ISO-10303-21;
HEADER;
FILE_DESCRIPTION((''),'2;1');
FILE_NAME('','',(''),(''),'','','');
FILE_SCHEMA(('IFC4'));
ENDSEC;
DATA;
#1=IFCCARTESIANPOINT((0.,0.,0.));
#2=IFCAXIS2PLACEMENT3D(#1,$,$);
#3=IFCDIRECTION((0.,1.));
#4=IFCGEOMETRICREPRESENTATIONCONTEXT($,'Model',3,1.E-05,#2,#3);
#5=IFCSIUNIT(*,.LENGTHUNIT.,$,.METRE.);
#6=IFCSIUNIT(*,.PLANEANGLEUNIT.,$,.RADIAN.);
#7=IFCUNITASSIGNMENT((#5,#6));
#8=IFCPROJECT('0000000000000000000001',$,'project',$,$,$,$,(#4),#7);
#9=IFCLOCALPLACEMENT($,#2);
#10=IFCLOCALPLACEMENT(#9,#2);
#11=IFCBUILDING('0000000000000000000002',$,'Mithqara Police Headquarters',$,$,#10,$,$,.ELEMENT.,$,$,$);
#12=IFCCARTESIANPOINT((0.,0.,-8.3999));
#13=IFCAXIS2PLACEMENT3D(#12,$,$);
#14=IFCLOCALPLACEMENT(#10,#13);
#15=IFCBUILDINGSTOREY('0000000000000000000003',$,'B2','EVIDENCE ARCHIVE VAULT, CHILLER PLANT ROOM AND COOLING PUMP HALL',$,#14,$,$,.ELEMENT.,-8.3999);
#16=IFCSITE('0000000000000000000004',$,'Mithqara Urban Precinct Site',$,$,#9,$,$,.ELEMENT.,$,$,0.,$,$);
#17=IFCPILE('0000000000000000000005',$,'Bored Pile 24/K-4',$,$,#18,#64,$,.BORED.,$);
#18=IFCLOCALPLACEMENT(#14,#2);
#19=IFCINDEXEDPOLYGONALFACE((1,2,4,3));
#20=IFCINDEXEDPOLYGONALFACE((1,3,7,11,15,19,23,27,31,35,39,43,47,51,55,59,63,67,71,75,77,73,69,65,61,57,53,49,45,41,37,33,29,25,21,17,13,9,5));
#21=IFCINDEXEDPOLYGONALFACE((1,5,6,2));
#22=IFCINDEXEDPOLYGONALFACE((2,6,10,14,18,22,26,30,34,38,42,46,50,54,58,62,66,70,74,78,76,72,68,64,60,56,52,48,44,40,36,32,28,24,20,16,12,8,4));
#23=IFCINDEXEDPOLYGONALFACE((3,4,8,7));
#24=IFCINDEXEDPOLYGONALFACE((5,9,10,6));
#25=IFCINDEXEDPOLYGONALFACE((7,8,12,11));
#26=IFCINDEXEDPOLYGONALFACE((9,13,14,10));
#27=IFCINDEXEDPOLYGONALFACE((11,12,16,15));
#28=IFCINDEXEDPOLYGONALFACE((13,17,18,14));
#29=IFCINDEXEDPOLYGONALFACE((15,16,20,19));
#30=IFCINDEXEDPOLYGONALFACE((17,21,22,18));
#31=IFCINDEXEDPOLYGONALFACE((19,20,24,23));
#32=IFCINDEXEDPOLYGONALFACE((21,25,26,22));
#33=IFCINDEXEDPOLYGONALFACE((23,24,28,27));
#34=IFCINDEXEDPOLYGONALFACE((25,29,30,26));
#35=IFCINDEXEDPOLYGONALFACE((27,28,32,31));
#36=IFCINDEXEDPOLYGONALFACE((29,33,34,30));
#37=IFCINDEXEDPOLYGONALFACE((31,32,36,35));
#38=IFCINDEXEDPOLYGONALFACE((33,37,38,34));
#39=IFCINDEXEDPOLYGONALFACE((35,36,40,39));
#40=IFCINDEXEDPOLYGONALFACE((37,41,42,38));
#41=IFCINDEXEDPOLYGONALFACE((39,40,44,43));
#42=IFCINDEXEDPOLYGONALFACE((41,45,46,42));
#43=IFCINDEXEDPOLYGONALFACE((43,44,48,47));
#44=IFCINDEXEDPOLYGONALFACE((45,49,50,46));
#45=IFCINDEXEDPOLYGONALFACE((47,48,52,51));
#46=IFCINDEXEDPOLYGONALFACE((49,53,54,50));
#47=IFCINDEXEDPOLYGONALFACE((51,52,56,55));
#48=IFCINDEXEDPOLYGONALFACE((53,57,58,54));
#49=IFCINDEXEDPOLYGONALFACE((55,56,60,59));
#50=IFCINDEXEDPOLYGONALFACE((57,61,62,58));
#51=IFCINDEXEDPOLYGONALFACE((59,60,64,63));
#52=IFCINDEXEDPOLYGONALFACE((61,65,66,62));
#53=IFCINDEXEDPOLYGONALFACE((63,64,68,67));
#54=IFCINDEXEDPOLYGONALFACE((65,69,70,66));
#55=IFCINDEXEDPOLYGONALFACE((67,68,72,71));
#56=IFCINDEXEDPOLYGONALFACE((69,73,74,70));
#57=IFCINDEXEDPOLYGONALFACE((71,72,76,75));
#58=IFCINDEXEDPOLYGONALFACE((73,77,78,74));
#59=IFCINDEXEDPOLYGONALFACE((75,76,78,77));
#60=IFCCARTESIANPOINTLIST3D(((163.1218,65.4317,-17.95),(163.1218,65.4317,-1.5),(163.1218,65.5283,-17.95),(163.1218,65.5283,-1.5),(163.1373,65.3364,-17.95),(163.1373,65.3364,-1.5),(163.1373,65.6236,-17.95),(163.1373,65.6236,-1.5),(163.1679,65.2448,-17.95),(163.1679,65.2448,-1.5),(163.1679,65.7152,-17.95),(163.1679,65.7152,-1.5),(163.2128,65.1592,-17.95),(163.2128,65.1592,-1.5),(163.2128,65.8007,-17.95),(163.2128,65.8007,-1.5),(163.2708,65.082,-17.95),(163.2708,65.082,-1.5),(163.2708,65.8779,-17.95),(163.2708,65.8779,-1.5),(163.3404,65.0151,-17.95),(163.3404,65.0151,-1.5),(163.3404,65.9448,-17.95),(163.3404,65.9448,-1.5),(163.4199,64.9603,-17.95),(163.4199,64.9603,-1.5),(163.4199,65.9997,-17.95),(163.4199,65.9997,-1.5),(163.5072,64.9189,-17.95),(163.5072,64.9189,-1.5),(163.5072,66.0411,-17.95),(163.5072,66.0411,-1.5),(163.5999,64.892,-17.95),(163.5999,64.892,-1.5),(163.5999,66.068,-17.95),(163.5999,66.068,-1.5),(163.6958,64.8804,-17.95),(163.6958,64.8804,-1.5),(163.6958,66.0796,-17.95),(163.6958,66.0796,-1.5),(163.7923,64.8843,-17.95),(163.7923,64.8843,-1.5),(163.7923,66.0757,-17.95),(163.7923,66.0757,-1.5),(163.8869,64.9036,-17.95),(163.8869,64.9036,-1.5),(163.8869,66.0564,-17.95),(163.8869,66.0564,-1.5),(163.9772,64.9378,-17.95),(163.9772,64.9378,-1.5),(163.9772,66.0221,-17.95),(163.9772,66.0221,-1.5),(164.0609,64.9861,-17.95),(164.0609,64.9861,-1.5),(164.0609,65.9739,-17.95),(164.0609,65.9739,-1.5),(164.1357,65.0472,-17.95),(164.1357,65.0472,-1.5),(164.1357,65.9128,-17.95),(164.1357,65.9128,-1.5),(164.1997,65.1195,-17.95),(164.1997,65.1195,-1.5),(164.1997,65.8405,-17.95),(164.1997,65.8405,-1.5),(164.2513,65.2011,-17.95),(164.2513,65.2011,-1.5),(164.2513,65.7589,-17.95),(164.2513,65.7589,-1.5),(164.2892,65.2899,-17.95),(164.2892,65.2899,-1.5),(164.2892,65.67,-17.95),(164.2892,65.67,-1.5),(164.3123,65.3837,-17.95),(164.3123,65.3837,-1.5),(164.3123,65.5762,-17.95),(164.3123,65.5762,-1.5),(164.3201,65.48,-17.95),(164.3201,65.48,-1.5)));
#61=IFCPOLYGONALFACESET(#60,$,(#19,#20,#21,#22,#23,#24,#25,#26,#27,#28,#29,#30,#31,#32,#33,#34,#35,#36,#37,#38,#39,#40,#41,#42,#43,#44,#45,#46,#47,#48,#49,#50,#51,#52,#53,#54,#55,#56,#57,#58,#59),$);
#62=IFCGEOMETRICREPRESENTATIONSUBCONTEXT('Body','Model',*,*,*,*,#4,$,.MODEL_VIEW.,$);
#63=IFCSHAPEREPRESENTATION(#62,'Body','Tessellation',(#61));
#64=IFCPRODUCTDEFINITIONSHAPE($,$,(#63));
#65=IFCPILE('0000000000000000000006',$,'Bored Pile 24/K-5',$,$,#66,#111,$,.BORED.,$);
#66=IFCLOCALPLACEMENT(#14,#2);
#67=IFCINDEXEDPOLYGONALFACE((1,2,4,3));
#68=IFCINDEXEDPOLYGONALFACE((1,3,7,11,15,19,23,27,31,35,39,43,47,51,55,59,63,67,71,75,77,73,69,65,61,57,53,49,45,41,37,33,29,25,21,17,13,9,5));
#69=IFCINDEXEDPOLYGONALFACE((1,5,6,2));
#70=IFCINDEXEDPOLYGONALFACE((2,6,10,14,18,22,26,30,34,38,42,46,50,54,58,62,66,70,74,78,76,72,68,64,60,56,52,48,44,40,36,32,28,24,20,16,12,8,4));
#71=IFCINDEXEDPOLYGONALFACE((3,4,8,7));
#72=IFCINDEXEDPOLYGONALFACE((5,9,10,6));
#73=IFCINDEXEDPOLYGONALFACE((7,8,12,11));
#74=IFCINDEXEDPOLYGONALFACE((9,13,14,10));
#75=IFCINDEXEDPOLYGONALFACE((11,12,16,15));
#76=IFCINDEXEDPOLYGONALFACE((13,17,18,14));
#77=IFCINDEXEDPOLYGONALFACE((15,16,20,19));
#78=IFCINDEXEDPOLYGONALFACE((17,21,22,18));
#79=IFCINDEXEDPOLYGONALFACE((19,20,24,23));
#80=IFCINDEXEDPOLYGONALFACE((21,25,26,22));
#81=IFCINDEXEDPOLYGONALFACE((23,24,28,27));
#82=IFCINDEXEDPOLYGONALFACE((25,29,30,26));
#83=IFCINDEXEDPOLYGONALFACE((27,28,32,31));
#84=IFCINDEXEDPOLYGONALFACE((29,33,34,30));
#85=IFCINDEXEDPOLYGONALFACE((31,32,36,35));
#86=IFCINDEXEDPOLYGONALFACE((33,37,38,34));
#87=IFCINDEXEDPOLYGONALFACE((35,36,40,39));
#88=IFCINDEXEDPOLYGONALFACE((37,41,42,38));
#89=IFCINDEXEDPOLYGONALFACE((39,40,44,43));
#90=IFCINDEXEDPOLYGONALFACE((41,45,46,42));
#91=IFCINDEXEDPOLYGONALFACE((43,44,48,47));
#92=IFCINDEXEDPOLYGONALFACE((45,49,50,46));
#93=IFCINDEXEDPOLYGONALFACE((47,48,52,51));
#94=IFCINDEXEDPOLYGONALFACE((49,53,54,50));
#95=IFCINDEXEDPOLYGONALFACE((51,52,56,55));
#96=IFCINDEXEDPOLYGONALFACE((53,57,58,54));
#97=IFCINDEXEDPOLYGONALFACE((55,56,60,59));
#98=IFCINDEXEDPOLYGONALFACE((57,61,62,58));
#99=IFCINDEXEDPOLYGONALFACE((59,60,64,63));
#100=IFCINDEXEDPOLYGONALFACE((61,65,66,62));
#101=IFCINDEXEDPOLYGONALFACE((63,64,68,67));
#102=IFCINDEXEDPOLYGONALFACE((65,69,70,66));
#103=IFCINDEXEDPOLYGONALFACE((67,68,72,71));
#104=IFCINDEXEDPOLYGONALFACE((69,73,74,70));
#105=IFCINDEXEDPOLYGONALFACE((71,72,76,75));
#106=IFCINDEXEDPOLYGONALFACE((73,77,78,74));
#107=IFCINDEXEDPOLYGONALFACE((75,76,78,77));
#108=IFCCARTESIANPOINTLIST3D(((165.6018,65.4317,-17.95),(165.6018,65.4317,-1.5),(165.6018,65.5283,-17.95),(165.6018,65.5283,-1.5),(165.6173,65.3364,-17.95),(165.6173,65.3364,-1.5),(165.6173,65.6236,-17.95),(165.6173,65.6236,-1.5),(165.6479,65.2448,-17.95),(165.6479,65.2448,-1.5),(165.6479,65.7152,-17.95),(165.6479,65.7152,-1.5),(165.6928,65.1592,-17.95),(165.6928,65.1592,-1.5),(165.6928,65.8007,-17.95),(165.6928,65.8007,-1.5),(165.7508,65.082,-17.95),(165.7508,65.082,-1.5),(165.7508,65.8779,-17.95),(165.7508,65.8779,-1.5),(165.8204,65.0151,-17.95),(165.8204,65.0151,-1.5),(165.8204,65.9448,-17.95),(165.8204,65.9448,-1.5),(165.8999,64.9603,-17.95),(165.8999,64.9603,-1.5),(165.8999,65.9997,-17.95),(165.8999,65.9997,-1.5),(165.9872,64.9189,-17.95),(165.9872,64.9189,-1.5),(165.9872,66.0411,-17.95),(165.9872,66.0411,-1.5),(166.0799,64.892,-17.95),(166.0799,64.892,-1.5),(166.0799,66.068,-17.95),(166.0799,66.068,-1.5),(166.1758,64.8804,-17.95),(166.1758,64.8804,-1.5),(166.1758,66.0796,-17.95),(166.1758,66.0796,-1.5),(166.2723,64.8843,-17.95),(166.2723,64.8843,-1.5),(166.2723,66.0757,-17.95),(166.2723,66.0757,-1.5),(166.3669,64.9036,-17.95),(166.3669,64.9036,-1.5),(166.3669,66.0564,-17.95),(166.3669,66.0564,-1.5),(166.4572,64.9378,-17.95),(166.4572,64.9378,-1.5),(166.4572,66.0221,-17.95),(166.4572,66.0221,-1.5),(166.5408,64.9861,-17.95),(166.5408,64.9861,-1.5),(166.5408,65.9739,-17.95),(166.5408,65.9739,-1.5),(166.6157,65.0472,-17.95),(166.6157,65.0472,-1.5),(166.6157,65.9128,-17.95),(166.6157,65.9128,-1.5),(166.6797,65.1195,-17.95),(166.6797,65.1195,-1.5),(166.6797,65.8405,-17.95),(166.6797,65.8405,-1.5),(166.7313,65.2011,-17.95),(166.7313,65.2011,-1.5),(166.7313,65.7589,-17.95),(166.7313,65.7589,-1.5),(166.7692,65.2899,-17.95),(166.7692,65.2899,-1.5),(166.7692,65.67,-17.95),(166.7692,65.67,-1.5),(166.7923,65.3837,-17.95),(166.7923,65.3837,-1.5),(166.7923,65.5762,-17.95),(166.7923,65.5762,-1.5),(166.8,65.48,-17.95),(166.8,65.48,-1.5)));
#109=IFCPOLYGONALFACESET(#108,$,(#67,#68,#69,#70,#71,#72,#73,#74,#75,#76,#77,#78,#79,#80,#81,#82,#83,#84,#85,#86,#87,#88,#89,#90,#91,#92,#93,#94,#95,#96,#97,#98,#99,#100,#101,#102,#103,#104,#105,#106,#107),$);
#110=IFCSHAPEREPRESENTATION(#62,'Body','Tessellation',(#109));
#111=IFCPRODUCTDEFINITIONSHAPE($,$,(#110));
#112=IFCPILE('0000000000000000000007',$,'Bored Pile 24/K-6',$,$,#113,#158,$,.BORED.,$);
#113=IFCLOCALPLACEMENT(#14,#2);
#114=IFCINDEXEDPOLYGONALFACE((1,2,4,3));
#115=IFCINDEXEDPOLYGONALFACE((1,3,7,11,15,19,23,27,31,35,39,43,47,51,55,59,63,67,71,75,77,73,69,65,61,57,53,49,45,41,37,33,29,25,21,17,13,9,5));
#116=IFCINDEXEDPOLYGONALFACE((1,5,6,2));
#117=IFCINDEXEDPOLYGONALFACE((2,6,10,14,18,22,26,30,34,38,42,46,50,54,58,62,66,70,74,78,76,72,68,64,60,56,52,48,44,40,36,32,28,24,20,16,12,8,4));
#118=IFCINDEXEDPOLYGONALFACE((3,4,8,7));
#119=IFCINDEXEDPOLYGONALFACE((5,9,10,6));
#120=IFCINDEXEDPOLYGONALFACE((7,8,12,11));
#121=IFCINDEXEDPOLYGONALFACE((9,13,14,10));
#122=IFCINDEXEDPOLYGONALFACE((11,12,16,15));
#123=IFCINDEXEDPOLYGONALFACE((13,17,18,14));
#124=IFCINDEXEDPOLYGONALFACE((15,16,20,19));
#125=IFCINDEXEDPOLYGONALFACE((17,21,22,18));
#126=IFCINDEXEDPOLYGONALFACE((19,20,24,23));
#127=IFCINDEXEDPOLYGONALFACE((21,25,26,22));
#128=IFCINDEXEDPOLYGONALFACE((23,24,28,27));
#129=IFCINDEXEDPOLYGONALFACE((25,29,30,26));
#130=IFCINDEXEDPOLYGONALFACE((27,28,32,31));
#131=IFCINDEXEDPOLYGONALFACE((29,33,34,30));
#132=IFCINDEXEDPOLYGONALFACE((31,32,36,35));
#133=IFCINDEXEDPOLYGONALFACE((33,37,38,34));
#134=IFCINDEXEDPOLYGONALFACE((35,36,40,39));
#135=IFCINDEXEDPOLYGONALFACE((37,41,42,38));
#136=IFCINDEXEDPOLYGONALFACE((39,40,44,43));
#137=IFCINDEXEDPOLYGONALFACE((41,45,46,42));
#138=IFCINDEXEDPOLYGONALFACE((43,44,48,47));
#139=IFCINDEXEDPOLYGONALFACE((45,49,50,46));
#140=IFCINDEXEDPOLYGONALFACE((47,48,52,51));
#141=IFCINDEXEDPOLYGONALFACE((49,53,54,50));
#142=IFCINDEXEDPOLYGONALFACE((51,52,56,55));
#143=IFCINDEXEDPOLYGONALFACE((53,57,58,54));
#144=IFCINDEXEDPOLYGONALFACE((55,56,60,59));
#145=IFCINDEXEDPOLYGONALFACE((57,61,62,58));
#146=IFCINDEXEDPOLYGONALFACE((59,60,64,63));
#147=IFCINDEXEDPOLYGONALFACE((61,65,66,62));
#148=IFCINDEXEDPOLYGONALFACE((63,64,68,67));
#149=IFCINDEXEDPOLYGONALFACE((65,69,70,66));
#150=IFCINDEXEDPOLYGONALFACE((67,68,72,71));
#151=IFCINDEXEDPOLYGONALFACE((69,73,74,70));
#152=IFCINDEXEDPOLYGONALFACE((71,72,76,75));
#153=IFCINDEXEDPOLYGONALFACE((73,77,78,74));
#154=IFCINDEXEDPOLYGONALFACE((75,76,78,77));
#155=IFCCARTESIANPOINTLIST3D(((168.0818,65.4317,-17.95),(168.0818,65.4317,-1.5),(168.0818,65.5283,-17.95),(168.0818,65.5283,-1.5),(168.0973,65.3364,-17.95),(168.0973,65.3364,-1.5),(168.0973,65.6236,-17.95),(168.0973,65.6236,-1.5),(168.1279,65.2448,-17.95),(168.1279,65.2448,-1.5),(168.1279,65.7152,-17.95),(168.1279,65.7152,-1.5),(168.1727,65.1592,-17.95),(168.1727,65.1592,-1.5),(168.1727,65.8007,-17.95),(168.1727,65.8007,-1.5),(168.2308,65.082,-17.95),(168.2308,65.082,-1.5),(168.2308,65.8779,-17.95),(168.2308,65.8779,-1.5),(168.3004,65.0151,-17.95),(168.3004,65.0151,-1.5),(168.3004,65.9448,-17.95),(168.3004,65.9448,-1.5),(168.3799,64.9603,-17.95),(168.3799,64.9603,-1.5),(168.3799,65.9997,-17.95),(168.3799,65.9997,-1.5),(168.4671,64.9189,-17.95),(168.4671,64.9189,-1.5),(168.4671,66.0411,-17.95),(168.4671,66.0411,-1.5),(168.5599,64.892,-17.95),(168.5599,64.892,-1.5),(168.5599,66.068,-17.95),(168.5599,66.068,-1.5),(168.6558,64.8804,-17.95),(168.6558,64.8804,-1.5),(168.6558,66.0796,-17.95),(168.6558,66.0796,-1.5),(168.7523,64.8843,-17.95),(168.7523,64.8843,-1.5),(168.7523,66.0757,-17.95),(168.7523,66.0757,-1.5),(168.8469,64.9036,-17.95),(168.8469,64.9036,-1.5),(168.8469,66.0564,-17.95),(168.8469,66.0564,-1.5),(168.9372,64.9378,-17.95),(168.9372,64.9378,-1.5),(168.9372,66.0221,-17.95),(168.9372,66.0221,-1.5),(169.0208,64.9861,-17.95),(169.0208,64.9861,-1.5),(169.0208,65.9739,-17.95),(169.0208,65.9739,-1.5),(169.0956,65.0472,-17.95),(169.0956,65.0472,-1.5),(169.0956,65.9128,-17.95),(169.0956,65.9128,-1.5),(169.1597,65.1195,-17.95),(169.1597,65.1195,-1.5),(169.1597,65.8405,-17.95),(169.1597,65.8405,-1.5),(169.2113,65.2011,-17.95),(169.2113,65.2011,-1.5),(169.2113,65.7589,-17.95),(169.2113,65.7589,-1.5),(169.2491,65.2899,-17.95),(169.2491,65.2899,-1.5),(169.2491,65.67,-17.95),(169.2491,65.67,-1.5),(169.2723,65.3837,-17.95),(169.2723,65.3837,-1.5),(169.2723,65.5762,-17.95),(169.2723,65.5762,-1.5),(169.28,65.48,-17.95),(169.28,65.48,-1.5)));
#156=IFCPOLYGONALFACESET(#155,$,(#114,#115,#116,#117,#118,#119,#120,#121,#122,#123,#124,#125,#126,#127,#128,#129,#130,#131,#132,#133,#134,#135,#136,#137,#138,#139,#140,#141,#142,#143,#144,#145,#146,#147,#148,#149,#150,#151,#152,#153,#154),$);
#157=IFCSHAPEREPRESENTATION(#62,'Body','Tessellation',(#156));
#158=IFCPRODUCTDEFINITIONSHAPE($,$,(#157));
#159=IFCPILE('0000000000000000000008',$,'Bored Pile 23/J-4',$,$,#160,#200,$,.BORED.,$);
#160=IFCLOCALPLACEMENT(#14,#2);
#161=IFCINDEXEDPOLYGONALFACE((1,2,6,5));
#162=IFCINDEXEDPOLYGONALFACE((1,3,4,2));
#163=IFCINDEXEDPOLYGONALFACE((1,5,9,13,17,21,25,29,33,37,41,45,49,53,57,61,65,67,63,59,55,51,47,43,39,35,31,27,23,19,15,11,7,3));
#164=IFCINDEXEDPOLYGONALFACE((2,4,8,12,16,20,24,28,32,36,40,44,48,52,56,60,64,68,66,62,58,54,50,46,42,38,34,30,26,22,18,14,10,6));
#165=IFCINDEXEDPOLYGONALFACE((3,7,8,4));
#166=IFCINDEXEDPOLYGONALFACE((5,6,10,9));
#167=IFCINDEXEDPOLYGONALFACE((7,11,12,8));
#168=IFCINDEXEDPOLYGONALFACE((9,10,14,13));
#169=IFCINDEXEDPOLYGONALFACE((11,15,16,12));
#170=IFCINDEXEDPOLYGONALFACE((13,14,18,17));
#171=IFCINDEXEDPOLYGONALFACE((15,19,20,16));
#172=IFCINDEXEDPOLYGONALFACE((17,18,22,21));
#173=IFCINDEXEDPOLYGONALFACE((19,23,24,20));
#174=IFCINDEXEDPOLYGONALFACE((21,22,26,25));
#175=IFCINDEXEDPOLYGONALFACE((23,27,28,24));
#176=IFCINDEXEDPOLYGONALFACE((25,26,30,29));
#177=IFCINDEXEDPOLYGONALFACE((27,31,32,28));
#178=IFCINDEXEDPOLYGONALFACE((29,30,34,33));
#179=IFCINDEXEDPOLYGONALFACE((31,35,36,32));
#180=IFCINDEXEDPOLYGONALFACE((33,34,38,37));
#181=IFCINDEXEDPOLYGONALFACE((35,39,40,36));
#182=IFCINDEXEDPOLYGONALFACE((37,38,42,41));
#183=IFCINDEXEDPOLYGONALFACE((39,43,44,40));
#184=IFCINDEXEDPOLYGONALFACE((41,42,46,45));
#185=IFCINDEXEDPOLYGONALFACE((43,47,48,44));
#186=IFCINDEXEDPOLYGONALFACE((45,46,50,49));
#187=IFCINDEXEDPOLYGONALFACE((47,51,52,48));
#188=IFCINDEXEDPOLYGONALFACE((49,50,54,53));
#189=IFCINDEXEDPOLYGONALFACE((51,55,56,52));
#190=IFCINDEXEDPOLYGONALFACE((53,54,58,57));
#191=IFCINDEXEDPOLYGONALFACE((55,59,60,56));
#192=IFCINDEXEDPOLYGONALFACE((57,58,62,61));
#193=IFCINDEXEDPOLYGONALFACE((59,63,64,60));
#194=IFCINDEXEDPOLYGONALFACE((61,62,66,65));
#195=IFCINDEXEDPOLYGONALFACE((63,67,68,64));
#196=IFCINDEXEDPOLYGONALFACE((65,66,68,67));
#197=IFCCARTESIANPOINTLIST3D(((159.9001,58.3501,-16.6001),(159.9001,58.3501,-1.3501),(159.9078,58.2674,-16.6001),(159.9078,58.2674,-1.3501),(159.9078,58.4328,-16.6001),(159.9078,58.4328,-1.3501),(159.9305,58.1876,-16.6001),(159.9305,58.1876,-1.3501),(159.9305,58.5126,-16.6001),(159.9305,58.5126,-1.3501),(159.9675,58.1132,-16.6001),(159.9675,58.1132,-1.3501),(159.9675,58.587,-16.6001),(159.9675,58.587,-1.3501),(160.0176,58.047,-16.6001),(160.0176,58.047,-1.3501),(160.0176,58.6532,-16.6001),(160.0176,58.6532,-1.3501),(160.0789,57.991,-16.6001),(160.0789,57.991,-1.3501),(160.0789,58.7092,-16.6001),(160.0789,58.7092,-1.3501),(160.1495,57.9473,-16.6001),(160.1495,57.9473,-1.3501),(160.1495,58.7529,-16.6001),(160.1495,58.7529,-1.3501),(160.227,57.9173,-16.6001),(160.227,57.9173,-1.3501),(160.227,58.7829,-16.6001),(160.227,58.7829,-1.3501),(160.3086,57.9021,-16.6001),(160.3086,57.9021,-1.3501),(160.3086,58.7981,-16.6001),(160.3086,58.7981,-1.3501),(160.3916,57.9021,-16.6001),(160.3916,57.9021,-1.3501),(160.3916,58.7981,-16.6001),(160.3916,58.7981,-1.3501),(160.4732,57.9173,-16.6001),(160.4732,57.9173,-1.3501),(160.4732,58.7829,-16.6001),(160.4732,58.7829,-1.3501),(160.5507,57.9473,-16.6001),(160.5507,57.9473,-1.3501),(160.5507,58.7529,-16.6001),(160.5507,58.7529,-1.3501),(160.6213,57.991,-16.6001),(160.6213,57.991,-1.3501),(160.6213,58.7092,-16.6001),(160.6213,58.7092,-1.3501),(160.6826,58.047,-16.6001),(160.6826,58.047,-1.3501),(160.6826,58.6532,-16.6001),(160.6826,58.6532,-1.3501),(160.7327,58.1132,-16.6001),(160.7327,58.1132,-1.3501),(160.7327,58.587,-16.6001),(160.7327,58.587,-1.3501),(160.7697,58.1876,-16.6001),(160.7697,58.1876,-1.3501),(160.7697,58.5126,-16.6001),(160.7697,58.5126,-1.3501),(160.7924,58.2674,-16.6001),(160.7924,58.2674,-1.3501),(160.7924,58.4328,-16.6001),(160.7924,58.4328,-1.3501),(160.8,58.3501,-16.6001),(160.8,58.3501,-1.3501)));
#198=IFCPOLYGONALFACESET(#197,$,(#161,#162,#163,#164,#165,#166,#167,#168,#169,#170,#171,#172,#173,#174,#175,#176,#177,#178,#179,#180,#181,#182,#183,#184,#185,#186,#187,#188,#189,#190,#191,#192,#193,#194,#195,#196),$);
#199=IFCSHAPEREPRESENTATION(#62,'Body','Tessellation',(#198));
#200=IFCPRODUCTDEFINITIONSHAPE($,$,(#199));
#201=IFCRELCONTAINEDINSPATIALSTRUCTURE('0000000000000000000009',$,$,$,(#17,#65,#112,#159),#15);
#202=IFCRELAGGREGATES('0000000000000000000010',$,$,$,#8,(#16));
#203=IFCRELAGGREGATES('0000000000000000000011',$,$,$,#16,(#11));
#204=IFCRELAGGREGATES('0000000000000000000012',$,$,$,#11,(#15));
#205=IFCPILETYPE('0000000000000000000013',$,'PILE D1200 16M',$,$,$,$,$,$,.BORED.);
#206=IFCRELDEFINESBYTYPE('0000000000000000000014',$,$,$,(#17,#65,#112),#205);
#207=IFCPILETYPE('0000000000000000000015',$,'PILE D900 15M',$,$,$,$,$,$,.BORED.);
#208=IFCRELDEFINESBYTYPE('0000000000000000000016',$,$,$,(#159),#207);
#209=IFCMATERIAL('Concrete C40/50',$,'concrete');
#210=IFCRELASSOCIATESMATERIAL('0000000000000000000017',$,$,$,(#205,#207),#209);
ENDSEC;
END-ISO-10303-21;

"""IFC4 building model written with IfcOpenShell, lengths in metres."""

from ifc_helpers import new_model, si_unit, direction, frame, origin, origin_2d, place, context, subcontext, project, spatial, circle, extrude, material, material_profile, profile_set, type_object, element, save


model = new_model("IFC4")

# Units and contexts
model_context = context("Model", 3, precision=1e-05, world=origin(), true_north=direction((0.0, 1.0)))
body_context = subcontext(model_context, "Body", "Model", "MODEL_VIEW")
ifc_project = project(units=[si_unit("LENGTHUNIT", "METRE"), si_unit("PLANEANGLEUNIT", "RADIAN")], contexts=[model_context])

# Site, building, storey
site_placement = place(None, origin())
site = spatial("IfcSite", under=ifc_project, at=site_placement, Name="Mithqara Urban Precinct Site", CompositionType="ELEMENT", RefElevation=0.0)
building_placement = place(site_placement, origin())
building = spatial("IfcBuilding", under=site, at=building_placement, Name="Mithqara Police Headquarters", CompositionType="ELEMENT")
storey_placement = place(building_placement, frame((0.0, 0.0, -8.3999)))
storey = spatial("IfcBuildingStorey", under=building, at=storey_placement, Name="B2", Description="EVIDENCE ARCHIVE VAULT, CHILLER PLANT ROOM AND COOLING PUMP HALL", CompositionType="ELEMENT", Elevation=-8.3999)

# Shared definitions
ifc_material_1 = material(Name="Concrete C40/50", Category="concrete")

# Piles
ifc_material_profile_1 = material_profile(ifc_material_1, circle(Radius=0.6001, at=origin_2d()), Name="PILE D1200")
ifc_profile_set_1 = profile_set([ifc_material_profile_1], Name="Concrete C40/50")
pile_type_1 = type_object("IfcPileType", Name="PILE D1200 16M", PredefinedType="BORED", material=ifc_profile_set_1)
for number, where, z_axis, x_axis, name in (
    (1, (163.72, 65.48, -1.5), (0.0, 0.0, -1.0), (1.0, 0.0, 0.0), "Bored Pile 24/K-4"),
    (2, (166.2, 65.48, -1.5), (0.0, 0.0, -1.0), (1.0, 0.0, 0.0), "Bored Pile 24/K-5"),
    (3, (168.6799, 65.48, -1.5), (0.0, 0.0, -1.0), (1.0, 0.0, 0.0), "Bored Pile 24/K-6"),
):
    element("IfcPile", number, at=place(storey_placement, frame(where, z_axis=z_axis, x_axis=x_axis)), inside=storey, type_object=pile_type_1, Name=name, PredefinedType="BORED", context=body_context, shape_type="SweptSolid", body=[
        extrude(circle(Radius=0.6001, at=origin_2d()), origin(), (0.0, 0.0, 1.0), 16.45),
    ])
ifc_material_profile_2 = material_profile(ifc_material_1, circle(Radius=0.45, at=origin_2d()), Name="PILE D900")
ifc_profile_set_2 = profile_set([ifc_material_profile_2], Name="Concrete C40/50")
pile_type_2 = type_object("IfcPileType", Name="PILE D900 15M", PredefinedType="BORED", material=ifc_profile_set_2)
pile_placement = place(storey_placement, frame((160.3501, 58.3501, -1.3501), z_axis=(0.0, 0.0, -1.0), x_axis=(1.0, 0.0, 0.0)))
element("IfcPile", 4, at=pile_placement, inside=storey, type_object=pile_type_2, Name="Bored Pile 23/J-4", PredefinedType="BORED", context=body_context, shape_type="SweptSolid", body=[
    extrude(circle(Radius=0.45, at=origin_2d()), origin(), (0.0, 0.0, 1.0), 15.25),
])

save(model, "model.ifc")
